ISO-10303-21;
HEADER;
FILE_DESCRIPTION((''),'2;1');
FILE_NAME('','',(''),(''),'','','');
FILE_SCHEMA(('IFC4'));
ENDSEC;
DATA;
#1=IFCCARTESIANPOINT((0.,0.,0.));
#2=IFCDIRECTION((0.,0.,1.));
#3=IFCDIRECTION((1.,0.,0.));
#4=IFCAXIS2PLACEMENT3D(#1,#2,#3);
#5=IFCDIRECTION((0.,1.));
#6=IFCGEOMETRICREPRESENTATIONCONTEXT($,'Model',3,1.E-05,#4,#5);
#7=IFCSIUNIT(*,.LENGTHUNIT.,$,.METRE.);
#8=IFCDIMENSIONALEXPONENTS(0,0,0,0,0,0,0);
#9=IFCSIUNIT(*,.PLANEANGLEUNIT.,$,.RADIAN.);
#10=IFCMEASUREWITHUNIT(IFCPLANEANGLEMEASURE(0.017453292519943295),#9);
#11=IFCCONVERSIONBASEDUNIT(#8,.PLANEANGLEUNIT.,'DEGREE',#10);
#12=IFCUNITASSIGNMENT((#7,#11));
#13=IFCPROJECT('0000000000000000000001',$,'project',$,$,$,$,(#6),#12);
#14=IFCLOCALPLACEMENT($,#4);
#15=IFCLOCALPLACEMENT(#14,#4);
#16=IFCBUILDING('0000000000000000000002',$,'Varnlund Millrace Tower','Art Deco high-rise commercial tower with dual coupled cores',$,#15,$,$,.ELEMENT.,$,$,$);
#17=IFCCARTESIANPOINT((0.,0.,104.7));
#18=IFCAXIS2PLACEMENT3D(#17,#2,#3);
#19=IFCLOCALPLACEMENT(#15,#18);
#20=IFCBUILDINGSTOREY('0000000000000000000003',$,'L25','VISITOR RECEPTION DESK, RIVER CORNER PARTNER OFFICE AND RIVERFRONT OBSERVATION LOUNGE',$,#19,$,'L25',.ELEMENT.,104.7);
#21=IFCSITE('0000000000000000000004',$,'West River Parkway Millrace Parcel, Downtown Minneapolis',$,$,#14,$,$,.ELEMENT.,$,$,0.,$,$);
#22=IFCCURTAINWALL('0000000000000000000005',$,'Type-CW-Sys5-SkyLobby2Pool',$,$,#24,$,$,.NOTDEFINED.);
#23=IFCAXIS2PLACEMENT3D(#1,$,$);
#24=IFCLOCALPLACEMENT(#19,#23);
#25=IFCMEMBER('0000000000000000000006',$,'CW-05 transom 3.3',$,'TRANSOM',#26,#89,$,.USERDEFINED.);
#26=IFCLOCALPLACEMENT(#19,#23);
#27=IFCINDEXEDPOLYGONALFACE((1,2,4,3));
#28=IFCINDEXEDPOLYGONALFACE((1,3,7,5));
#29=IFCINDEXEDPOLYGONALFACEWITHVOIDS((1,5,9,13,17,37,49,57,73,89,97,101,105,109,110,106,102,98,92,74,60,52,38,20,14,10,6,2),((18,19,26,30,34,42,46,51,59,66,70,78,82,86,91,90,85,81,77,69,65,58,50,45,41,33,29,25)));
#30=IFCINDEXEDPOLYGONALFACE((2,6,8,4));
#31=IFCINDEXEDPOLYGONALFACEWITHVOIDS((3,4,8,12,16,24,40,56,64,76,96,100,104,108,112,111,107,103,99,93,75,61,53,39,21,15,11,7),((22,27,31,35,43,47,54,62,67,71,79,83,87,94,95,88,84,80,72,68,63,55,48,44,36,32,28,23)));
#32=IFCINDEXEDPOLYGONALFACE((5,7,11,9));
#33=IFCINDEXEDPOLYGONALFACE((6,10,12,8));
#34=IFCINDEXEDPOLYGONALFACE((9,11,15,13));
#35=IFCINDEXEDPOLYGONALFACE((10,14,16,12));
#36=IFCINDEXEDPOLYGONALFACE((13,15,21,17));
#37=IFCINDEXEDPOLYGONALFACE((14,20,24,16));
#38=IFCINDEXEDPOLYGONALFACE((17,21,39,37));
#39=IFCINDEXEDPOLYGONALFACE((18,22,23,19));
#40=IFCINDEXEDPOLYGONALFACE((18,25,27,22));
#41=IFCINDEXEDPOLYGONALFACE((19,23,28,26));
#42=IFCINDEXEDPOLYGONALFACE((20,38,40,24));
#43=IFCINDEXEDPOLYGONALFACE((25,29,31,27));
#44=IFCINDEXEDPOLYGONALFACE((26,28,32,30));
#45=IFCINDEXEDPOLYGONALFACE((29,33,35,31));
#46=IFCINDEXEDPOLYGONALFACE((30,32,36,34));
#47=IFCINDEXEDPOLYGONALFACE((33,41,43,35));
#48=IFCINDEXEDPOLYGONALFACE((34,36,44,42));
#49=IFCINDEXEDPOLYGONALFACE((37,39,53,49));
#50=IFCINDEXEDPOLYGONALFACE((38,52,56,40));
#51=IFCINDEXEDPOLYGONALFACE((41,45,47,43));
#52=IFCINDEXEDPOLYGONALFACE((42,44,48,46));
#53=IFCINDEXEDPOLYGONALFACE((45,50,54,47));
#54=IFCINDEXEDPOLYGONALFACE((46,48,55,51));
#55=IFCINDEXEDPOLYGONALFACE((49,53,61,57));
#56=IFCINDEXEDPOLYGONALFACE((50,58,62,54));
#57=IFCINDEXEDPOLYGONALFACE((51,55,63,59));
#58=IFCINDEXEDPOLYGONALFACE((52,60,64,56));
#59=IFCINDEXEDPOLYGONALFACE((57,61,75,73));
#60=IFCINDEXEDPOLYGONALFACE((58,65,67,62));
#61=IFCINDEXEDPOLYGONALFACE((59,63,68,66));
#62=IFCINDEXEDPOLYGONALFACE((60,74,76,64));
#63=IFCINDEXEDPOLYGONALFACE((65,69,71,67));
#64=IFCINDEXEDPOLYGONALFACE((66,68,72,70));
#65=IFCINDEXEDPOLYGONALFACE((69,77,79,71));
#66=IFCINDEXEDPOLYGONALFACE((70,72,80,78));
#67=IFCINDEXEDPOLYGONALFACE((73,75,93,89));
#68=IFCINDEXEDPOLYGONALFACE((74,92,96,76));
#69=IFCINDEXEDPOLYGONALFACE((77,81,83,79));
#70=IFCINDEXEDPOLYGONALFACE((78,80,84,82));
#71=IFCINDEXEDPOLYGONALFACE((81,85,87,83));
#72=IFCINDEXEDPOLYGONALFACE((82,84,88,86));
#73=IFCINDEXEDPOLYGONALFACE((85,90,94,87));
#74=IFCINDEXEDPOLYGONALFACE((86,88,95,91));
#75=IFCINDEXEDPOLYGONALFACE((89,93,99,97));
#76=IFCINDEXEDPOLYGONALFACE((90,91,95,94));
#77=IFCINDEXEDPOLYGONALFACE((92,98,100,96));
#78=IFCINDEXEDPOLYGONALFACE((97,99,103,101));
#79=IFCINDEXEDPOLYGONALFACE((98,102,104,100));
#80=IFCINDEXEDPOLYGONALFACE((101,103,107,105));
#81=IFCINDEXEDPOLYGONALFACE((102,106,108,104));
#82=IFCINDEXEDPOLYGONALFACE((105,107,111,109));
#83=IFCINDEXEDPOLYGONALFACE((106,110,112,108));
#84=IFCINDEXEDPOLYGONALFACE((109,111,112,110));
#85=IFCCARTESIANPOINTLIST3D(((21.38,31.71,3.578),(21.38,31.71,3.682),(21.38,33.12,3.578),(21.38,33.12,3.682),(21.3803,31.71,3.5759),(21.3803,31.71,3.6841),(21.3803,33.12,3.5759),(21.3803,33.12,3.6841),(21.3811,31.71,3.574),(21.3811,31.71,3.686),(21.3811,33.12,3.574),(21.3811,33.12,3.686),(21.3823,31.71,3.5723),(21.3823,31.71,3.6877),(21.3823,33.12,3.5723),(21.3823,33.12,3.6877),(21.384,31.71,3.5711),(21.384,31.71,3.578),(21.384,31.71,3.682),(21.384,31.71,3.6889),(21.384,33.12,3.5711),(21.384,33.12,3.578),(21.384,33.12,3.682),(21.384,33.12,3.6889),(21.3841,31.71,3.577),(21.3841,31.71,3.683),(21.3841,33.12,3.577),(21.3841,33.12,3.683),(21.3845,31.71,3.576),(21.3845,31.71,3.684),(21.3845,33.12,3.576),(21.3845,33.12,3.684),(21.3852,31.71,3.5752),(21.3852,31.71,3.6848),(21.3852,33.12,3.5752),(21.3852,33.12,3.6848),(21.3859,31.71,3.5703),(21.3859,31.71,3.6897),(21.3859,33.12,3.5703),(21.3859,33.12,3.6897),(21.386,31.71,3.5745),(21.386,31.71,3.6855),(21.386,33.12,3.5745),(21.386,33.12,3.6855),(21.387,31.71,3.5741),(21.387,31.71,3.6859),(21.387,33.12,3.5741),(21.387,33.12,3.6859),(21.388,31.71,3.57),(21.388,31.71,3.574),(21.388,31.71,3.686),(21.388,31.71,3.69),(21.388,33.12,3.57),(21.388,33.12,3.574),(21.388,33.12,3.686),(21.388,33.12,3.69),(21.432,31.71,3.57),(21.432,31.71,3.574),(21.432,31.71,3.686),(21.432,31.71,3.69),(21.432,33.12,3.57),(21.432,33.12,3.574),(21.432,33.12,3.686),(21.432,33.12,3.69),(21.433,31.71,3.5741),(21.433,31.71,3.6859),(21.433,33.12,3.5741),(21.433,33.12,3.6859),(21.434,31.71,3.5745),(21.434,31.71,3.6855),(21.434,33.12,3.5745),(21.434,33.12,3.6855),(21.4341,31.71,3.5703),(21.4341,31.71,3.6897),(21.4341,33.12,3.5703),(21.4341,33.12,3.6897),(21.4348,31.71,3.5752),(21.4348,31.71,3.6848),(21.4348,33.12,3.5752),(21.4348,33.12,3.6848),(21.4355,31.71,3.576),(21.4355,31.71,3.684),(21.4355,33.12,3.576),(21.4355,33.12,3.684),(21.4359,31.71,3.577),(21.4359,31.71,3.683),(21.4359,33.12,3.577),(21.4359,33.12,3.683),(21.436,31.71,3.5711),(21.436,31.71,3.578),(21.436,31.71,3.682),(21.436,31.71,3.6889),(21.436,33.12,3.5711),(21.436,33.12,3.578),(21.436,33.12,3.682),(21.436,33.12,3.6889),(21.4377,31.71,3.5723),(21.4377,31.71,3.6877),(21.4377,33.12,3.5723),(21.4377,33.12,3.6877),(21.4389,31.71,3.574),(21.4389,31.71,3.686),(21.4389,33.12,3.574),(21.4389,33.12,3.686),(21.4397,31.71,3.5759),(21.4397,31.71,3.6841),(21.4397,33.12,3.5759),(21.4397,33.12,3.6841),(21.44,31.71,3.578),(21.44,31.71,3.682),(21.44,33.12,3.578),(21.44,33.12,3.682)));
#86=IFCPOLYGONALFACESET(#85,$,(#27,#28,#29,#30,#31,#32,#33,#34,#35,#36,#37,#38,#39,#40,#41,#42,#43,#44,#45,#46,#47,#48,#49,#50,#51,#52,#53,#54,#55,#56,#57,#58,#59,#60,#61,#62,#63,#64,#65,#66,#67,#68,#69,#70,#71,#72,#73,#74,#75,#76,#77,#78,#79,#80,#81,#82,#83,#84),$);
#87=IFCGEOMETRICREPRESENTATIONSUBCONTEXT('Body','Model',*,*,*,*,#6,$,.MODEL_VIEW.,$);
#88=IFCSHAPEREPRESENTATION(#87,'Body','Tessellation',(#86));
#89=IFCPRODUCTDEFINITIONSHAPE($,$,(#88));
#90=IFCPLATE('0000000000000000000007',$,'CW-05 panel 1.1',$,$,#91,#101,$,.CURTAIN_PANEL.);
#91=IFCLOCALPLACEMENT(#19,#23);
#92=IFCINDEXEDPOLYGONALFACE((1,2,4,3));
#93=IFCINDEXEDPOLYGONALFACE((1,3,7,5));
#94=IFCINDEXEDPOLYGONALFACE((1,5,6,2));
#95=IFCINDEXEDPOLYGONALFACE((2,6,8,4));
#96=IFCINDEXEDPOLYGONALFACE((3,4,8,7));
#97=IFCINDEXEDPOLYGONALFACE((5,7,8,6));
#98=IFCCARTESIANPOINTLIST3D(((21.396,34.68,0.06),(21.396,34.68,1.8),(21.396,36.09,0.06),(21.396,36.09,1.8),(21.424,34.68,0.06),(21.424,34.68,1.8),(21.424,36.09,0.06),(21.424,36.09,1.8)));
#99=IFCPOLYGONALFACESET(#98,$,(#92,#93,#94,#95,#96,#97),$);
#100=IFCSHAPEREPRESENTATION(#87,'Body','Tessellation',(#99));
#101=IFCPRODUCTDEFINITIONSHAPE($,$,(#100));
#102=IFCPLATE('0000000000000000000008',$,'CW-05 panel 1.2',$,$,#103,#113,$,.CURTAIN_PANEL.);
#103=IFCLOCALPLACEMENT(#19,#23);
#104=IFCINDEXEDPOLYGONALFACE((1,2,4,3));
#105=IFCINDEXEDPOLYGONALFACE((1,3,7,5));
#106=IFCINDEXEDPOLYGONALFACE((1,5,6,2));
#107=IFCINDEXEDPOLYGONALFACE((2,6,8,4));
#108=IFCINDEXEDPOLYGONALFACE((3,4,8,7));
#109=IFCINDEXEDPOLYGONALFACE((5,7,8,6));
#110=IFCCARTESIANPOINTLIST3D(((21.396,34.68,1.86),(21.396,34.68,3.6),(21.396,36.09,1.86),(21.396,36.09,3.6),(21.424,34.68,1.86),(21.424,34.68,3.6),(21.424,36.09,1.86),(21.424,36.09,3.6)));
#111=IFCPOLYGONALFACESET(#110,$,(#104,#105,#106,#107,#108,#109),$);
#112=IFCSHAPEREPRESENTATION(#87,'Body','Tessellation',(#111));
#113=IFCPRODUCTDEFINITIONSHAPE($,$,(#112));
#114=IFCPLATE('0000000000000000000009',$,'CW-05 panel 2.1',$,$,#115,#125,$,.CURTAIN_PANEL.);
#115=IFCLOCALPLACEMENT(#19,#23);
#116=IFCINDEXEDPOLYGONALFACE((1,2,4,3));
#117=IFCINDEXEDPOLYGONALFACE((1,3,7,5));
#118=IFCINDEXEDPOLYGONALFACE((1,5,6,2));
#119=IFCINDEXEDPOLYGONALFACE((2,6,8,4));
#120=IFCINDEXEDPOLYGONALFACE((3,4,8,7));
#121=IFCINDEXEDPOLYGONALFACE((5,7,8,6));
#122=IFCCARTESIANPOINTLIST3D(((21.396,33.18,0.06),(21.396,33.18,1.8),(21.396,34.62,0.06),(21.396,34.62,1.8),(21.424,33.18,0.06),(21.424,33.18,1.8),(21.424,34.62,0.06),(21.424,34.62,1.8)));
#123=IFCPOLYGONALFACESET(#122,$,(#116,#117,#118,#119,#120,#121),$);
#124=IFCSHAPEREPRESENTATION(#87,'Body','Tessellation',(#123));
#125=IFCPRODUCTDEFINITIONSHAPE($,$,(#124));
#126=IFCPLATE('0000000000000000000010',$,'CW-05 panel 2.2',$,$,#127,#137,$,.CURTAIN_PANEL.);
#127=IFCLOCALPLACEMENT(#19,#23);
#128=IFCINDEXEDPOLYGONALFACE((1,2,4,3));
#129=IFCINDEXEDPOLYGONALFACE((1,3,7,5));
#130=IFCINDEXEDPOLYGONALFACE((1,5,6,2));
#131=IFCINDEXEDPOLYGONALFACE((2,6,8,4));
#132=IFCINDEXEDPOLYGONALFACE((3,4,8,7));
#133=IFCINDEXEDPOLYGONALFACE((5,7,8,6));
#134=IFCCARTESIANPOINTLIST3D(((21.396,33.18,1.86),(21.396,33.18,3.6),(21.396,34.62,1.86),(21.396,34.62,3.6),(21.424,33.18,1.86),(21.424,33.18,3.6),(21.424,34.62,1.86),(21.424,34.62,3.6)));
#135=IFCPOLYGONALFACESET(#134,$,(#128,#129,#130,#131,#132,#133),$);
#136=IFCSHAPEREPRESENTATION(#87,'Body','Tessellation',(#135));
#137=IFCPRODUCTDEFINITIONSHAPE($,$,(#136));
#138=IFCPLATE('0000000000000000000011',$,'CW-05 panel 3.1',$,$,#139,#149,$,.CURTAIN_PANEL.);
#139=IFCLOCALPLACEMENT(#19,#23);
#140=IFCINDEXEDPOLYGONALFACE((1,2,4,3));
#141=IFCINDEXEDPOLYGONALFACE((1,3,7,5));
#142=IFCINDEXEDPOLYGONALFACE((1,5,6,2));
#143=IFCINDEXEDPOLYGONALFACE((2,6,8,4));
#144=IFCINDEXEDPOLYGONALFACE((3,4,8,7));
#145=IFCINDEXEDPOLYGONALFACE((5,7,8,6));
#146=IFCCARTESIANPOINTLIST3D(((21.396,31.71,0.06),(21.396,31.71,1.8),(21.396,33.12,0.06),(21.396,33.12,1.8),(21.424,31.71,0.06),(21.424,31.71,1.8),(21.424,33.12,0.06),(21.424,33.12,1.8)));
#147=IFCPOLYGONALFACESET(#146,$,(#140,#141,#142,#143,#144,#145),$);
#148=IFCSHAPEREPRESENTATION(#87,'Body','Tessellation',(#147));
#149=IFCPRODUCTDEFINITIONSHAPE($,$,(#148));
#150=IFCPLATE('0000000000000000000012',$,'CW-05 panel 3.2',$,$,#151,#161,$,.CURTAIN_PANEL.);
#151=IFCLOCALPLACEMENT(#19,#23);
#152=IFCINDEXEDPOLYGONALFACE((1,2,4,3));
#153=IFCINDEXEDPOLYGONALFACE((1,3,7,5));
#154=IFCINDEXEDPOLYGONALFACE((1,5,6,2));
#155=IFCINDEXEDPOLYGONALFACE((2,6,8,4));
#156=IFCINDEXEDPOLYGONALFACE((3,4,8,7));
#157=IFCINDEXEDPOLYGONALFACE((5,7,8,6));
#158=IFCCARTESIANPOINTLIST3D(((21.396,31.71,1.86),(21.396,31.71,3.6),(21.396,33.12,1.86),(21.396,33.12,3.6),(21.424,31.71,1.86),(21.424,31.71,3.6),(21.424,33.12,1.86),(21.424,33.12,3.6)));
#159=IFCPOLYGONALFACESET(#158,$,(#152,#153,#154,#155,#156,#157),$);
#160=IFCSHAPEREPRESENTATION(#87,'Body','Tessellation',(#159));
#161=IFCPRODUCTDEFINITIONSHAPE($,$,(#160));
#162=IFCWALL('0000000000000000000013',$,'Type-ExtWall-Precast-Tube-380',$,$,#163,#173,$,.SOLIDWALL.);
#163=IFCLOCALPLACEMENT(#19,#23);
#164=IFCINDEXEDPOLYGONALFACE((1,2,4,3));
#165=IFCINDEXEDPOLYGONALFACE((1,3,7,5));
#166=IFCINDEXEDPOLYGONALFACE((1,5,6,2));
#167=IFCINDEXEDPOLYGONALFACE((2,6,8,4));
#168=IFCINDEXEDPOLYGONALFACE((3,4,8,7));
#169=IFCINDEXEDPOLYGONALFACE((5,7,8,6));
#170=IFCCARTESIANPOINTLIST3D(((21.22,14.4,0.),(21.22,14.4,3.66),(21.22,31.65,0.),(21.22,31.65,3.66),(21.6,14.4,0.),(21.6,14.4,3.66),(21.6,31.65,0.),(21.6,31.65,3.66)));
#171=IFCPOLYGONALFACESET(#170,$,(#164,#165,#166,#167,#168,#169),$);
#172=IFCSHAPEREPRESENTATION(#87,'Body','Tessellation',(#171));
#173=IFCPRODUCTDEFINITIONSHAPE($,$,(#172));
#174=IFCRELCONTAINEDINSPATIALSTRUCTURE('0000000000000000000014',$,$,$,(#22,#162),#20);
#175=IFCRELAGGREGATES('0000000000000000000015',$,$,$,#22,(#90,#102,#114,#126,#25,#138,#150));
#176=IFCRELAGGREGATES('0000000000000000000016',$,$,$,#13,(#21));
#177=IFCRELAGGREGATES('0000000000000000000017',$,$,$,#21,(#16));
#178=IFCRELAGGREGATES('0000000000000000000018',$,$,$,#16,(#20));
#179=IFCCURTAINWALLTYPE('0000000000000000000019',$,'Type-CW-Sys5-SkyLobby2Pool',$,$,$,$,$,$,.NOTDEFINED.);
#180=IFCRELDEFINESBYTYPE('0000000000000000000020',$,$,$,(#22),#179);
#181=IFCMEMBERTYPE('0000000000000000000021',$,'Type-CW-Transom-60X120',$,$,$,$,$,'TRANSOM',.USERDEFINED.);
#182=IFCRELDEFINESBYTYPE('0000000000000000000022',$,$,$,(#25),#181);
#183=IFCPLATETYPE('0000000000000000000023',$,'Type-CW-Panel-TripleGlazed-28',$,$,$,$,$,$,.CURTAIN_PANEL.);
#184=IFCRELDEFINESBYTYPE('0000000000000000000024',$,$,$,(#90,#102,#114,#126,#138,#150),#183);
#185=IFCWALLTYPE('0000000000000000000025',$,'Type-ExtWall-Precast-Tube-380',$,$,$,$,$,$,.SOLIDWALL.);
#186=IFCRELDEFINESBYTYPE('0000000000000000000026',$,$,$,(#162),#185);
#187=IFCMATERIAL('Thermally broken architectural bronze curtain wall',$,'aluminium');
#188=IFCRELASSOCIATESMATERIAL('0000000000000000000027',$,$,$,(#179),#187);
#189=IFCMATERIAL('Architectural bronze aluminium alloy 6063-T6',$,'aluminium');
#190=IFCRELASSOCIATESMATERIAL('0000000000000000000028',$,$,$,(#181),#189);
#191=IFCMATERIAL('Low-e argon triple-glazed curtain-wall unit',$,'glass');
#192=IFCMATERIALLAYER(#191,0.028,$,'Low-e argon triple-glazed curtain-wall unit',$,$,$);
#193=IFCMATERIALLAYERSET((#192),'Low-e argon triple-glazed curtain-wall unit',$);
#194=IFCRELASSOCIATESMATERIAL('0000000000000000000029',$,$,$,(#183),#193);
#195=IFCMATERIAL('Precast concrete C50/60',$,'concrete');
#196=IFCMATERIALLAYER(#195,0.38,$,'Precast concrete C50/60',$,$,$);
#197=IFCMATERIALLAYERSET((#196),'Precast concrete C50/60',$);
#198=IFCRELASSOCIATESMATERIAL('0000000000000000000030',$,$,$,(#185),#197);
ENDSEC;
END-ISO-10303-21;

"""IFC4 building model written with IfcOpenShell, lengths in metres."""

from ifc_helpers import new_model, entity, si_unit, converted_unit, direction, frame, origin_with_axes, origin_2d_with_axis, place, context, subcontext, project, spatial, polyline, rectangle, hollow_rectangle, outline, extrude, material, layer, layer_set, material_profile, profile_set, type_object, element, aggregate, save


model = new_model("IFC4")

# Units and contexts
model_context = context("Model", 3, precision=1e-05, world=origin_with_axes(), true_north=direction((0.0, 1.0)))
body_context = subcontext(model_context, "Body", "Model", "MODEL_VIEW")
ifc_project = project(units=[si_unit("LENGTHUNIT", "METRE"), converted_unit("PLANEANGLEUNIT", "DEGREE", entity("IfcPlaneAngleMeasure", 0.017453292519943295), si_unit("PLANEANGLEUNIT", "RADIAN"), dimensions=[0, 0, 0, 0, 0, 0, 0])], contexts=[model_context])

# Site, building, storey
site_placement = place(None, origin_with_axes())
site = spatial("IfcSite", under=ifc_project, at=site_placement, Name="West River Parkway Millrace Parcel, Downtown Minneapolis", CompositionType="ELEMENT", RefElevation=0.0)
building_placement = place(site_placement, origin_with_axes())
building = spatial("IfcBuilding", under=site, at=building_placement, Name="Varnlund Millrace Tower", Description="Art Deco high-rise commercial tower with dual coupled cores", CompositionType="ELEMENT")
storey_placement = place(building_placement, frame((0.0, 0.0, 104.7), z_axis=(0.0, 0.0, 1.0), x_axis=(1.0, 0.0, 0.0)))
storey = spatial("IfcBuildingStorey", under=building, at=storey_placement, Name="L25", Description="VISITOR RECEPTION DESK, RIVER CORNER PARTNER OFFICE AND RIVERFRONT OBSERVATION LOUNGE", LongName="L25", CompositionType="ELEMENT", Elevation=104.7)

# Curtain wall, member, plates
ifc_material_1 = material(Name="Thermally broken architectural bronze curtain wall", Category="aluminium")
curtain_wall_type = type_object("IfcCurtainWallType", Name="Type-CW-Sys5-SkyLobby2Pool", PredefinedType="NOTDEFINED", material=ifc_material_1)
curtain_wall_placement = place(storey_placement, frame((21.41, 36.15, 0.0), z_axis=(0.0, 0.0, 1.0), x_axis=(1.0, 0.0, 0.0)))
curtain_wall = element("IfcCurtainWall", 1, at=curtain_wall_placement, inside=storey, type_object=curtain_wall_type, Name="Type-CW-Sys5-SkyLobby2Pool", PredefinedType="NOTDEFINED")
ifc_material_2 = material(Name="Architectural bronze aluminium alloy 6063-T6", Category="aluminium")
ifc_material_profile_1 = material_profile(ifc_material_2, hollow_rectangle(XDim=0.06, YDim=0.12, WallThickness=0.004, InnerFilletRadius=0.004, OuterFilletRadius=0.008, at=origin_2d_with_axis()), Name="Architectural bronze aluminium alloy 6063-T6")
ifc_profile_set_1 = profile_set([ifc_material_profile_1], Name="Architectural bronze aluminium alloy 6063-T6")
member_type_1 = type_object("IfcMemberType", Name="Type-CW-Transom-60X120", ElementType="TRANSOM", PredefinedType="USERDEFINED", material=ifc_profile_set_1)
member_1_placement = place(storey_placement, frame((21.41, 33.12, 3.63), z_axis=(0.0, -1.0, 0.0), x_axis=(1.0, 0.0, 0.0)))
member_1 = element("IfcMember", 2, at=member_1_placement, type_object=member_type_1, Name="CW-05 transom 3.3", ObjectType="TRANSOM", PredefinedType="USERDEFINED", context=body_context, shape_type="SweptSolid", body=[
    extrude(hollow_rectangle(XDim=0.06, YDim=0.12, WallThickness=0.004, InnerFilletRadius=0.004, OuterFilletRadius=0.008, at=origin_2d_with_axis()), origin_with_axes(), (0.0, 0.0, 1.0), 1.41),
])
ifc_material_3 = material(Name="Low-e argon triple-glazed curtain-wall unit", Category="glass")
ifc_layer_1 = layer(ifc_material_3, 0.028, Name="Low-e argon triple-glazed curtain-wall unit")
ifc_layer_set_1 = layer_set([ifc_layer_1], Name="Low-e argon triple-glazed curtain-wall unit")
plate_type = type_object("IfcPlateType", Name="Type-CW-Panel-TripleGlazed-28", PredefinedType="CURTAIN_PANEL", material=ifc_layer_set_1)
plate_1_placement = place(storey_placement, frame((21.41, 35.385, 0.06), z_axis=(0.0, 0.0, 1.0), x_axis=(0.0, -1.0, 0.0)))
plate_1 = element("IfcPlate", 3, at=plate_1_placement, type_object=plate_type, Name="CW-05 panel 1.1", PredefinedType="CURTAIN_PANEL", context=body_context, shape_type="SweptSolid", body=[
    extrude(rectangle(XDim=1.41, YDim=0.028, at=origin_2d_with_axis()), origin_with_axes(), (0.0, 0.0, 1.0), 1.74),
])
plate_2_placement = place(storey_placement, frame((21.41, 35.385, 1.86), z_axis=(0.0, 0.0, 1.0), x_axis=(0.0, -1.0, 0.0)))
plate_2 = element("IfcPlate", 4, at=plate_2_placement, type_object=plate_type, Name="CW-05 panel 1.2", PredefinedType="CURTAIN_PANEL", context=body_context, shape_type="SweptSolid", body=[
    extrude(rectangle(XDim=1.41, YDim=0.028, at=origin_2d_with_axis()), origin_with_axes(), (0.0, 0.0, 1.0), 1.74),
])
plate_3_placement = place(storey_placement, frame((21.41, 33.9, 0.06), z_axis=(0.0, 0.0, 1.0), x_axis=(0.0, -1.0, 0.0)))
plate_3 = element("IfcPlate", 5, at=plate_3_placement, type_object=plate_type, Name="CW-05 panel 2.1", PredefinedType="CURTAIN_PANEL", context=body_context, shape_type="SweptSolid", body=[
    extrude(rectangle(XDim=1.44, YDim=0.028, at=origin_2d_with_axis()), origin_with_axes(), (0.0, 0.0, 1.0), 1.74),
])
plate_4_placement = place(storey_placement, frame((21.41, 33.9, 1.86), z_axis=(0.0, 0.0, 1.0), x_axis=(0.0, -1.0, 0.0)))
plate_4 = element("IfcPlate", 6, at=plate_4_placement, type_object=plate_type, Name="CW-05 panel 2.2", PredefinedType="CURTAIN_PANEL", context=body_context, shape_type="SweptSolid", body=[
    extrude(rectangle(XDim=1.44, YDim=0.028, at=origin_2d_with_axis()), origin_with_axes(), (0.0, 0.0, 1.0), 1.74),
])
plate_5_placement = place(storey_placement, frame((21.41, 32.415, 0.06), z_axis=(0.0, 0.0, 1.0), x_axis=(0.0, -1.0, 0.0)))
plate_5 = element("IfcPlate", 7, at=plate_5_placement, type_object=plate_type, Name="CW-05 panel 3.1", PredefinedType="CURTAIN_PANEL", context=body_context, shape_type="SweptSolid", body=[
    extrude(rectangle(XDim=1.41, YDim=0.028, at=origin_2d_with_axis()), origin_with_axes(), (0.0, 0.0, 1.0), 1.74),
])
plate_6_placement = place(storey_placement, frame((21.41, 32.415, 1.86), z_axis=(0.0, 0.0, 1.0), x_axis=(0.0, -1.0, 0.0)))
plate_6 = element("IfcPlate", 8, at=plate_6_placement, type_object=plate_type, Name="CW-05 panel 3.2", PredefinedType="CURTAIN_PANEL", context=body_context, shape_type="SweptSolid", body=[
    extrude(rectangle(XDim=1.41, YDim=0.028, at=origin_2d_with_axis()), origin_with_axes(), (0.0, 0.0, 1.0), 1.74),
])
aggregate(curtain_wall, [plate_1, plate_2, plate_3, plate_4, member_1, plate_5, plate_6])

# Wall
ifc_material_4 = material(Name="Precast concrete C50/60", Category="concrete")
ifc_layer_2 = layer(ifc_material_4, 0.38, Name="Precast concrete C50/60")
ifc_layer_set_2 = layer_set([ifc_layer_2], Name="Precast concrete C50/60")
wall_type = type_object("IfcWallType", Name="Type-ExtWall-Precast-Tube-380", PredefinedType="SOLIDWALL", material=ifc_layer_set_2)
wall_placement = place(storey_placement, frame((21.41, 31.65, 0.0), z_axis=(0.0, 0.0, 1.0), x_axis=(0.0, -1.0, 0.0)))
element("IfcWall", 9, at=wall_placement, inside=storey, type_object=wall_type, Name="Type-ExtWall-Precast-Tube-380", PredefinedType="SOLIDWALL", context=body_context, shape_type="SweptSolid", body=[
    extrude(outline(polyline([(0.0, -0.19), (17.25, -0.19), (17.25, 0.19), (0.0, 0.19), (0.0, -0.19)])), origin_with_axes(), (0.0, 0.0, 1.0), 3.66),
])

save(model, "model.ifc")
